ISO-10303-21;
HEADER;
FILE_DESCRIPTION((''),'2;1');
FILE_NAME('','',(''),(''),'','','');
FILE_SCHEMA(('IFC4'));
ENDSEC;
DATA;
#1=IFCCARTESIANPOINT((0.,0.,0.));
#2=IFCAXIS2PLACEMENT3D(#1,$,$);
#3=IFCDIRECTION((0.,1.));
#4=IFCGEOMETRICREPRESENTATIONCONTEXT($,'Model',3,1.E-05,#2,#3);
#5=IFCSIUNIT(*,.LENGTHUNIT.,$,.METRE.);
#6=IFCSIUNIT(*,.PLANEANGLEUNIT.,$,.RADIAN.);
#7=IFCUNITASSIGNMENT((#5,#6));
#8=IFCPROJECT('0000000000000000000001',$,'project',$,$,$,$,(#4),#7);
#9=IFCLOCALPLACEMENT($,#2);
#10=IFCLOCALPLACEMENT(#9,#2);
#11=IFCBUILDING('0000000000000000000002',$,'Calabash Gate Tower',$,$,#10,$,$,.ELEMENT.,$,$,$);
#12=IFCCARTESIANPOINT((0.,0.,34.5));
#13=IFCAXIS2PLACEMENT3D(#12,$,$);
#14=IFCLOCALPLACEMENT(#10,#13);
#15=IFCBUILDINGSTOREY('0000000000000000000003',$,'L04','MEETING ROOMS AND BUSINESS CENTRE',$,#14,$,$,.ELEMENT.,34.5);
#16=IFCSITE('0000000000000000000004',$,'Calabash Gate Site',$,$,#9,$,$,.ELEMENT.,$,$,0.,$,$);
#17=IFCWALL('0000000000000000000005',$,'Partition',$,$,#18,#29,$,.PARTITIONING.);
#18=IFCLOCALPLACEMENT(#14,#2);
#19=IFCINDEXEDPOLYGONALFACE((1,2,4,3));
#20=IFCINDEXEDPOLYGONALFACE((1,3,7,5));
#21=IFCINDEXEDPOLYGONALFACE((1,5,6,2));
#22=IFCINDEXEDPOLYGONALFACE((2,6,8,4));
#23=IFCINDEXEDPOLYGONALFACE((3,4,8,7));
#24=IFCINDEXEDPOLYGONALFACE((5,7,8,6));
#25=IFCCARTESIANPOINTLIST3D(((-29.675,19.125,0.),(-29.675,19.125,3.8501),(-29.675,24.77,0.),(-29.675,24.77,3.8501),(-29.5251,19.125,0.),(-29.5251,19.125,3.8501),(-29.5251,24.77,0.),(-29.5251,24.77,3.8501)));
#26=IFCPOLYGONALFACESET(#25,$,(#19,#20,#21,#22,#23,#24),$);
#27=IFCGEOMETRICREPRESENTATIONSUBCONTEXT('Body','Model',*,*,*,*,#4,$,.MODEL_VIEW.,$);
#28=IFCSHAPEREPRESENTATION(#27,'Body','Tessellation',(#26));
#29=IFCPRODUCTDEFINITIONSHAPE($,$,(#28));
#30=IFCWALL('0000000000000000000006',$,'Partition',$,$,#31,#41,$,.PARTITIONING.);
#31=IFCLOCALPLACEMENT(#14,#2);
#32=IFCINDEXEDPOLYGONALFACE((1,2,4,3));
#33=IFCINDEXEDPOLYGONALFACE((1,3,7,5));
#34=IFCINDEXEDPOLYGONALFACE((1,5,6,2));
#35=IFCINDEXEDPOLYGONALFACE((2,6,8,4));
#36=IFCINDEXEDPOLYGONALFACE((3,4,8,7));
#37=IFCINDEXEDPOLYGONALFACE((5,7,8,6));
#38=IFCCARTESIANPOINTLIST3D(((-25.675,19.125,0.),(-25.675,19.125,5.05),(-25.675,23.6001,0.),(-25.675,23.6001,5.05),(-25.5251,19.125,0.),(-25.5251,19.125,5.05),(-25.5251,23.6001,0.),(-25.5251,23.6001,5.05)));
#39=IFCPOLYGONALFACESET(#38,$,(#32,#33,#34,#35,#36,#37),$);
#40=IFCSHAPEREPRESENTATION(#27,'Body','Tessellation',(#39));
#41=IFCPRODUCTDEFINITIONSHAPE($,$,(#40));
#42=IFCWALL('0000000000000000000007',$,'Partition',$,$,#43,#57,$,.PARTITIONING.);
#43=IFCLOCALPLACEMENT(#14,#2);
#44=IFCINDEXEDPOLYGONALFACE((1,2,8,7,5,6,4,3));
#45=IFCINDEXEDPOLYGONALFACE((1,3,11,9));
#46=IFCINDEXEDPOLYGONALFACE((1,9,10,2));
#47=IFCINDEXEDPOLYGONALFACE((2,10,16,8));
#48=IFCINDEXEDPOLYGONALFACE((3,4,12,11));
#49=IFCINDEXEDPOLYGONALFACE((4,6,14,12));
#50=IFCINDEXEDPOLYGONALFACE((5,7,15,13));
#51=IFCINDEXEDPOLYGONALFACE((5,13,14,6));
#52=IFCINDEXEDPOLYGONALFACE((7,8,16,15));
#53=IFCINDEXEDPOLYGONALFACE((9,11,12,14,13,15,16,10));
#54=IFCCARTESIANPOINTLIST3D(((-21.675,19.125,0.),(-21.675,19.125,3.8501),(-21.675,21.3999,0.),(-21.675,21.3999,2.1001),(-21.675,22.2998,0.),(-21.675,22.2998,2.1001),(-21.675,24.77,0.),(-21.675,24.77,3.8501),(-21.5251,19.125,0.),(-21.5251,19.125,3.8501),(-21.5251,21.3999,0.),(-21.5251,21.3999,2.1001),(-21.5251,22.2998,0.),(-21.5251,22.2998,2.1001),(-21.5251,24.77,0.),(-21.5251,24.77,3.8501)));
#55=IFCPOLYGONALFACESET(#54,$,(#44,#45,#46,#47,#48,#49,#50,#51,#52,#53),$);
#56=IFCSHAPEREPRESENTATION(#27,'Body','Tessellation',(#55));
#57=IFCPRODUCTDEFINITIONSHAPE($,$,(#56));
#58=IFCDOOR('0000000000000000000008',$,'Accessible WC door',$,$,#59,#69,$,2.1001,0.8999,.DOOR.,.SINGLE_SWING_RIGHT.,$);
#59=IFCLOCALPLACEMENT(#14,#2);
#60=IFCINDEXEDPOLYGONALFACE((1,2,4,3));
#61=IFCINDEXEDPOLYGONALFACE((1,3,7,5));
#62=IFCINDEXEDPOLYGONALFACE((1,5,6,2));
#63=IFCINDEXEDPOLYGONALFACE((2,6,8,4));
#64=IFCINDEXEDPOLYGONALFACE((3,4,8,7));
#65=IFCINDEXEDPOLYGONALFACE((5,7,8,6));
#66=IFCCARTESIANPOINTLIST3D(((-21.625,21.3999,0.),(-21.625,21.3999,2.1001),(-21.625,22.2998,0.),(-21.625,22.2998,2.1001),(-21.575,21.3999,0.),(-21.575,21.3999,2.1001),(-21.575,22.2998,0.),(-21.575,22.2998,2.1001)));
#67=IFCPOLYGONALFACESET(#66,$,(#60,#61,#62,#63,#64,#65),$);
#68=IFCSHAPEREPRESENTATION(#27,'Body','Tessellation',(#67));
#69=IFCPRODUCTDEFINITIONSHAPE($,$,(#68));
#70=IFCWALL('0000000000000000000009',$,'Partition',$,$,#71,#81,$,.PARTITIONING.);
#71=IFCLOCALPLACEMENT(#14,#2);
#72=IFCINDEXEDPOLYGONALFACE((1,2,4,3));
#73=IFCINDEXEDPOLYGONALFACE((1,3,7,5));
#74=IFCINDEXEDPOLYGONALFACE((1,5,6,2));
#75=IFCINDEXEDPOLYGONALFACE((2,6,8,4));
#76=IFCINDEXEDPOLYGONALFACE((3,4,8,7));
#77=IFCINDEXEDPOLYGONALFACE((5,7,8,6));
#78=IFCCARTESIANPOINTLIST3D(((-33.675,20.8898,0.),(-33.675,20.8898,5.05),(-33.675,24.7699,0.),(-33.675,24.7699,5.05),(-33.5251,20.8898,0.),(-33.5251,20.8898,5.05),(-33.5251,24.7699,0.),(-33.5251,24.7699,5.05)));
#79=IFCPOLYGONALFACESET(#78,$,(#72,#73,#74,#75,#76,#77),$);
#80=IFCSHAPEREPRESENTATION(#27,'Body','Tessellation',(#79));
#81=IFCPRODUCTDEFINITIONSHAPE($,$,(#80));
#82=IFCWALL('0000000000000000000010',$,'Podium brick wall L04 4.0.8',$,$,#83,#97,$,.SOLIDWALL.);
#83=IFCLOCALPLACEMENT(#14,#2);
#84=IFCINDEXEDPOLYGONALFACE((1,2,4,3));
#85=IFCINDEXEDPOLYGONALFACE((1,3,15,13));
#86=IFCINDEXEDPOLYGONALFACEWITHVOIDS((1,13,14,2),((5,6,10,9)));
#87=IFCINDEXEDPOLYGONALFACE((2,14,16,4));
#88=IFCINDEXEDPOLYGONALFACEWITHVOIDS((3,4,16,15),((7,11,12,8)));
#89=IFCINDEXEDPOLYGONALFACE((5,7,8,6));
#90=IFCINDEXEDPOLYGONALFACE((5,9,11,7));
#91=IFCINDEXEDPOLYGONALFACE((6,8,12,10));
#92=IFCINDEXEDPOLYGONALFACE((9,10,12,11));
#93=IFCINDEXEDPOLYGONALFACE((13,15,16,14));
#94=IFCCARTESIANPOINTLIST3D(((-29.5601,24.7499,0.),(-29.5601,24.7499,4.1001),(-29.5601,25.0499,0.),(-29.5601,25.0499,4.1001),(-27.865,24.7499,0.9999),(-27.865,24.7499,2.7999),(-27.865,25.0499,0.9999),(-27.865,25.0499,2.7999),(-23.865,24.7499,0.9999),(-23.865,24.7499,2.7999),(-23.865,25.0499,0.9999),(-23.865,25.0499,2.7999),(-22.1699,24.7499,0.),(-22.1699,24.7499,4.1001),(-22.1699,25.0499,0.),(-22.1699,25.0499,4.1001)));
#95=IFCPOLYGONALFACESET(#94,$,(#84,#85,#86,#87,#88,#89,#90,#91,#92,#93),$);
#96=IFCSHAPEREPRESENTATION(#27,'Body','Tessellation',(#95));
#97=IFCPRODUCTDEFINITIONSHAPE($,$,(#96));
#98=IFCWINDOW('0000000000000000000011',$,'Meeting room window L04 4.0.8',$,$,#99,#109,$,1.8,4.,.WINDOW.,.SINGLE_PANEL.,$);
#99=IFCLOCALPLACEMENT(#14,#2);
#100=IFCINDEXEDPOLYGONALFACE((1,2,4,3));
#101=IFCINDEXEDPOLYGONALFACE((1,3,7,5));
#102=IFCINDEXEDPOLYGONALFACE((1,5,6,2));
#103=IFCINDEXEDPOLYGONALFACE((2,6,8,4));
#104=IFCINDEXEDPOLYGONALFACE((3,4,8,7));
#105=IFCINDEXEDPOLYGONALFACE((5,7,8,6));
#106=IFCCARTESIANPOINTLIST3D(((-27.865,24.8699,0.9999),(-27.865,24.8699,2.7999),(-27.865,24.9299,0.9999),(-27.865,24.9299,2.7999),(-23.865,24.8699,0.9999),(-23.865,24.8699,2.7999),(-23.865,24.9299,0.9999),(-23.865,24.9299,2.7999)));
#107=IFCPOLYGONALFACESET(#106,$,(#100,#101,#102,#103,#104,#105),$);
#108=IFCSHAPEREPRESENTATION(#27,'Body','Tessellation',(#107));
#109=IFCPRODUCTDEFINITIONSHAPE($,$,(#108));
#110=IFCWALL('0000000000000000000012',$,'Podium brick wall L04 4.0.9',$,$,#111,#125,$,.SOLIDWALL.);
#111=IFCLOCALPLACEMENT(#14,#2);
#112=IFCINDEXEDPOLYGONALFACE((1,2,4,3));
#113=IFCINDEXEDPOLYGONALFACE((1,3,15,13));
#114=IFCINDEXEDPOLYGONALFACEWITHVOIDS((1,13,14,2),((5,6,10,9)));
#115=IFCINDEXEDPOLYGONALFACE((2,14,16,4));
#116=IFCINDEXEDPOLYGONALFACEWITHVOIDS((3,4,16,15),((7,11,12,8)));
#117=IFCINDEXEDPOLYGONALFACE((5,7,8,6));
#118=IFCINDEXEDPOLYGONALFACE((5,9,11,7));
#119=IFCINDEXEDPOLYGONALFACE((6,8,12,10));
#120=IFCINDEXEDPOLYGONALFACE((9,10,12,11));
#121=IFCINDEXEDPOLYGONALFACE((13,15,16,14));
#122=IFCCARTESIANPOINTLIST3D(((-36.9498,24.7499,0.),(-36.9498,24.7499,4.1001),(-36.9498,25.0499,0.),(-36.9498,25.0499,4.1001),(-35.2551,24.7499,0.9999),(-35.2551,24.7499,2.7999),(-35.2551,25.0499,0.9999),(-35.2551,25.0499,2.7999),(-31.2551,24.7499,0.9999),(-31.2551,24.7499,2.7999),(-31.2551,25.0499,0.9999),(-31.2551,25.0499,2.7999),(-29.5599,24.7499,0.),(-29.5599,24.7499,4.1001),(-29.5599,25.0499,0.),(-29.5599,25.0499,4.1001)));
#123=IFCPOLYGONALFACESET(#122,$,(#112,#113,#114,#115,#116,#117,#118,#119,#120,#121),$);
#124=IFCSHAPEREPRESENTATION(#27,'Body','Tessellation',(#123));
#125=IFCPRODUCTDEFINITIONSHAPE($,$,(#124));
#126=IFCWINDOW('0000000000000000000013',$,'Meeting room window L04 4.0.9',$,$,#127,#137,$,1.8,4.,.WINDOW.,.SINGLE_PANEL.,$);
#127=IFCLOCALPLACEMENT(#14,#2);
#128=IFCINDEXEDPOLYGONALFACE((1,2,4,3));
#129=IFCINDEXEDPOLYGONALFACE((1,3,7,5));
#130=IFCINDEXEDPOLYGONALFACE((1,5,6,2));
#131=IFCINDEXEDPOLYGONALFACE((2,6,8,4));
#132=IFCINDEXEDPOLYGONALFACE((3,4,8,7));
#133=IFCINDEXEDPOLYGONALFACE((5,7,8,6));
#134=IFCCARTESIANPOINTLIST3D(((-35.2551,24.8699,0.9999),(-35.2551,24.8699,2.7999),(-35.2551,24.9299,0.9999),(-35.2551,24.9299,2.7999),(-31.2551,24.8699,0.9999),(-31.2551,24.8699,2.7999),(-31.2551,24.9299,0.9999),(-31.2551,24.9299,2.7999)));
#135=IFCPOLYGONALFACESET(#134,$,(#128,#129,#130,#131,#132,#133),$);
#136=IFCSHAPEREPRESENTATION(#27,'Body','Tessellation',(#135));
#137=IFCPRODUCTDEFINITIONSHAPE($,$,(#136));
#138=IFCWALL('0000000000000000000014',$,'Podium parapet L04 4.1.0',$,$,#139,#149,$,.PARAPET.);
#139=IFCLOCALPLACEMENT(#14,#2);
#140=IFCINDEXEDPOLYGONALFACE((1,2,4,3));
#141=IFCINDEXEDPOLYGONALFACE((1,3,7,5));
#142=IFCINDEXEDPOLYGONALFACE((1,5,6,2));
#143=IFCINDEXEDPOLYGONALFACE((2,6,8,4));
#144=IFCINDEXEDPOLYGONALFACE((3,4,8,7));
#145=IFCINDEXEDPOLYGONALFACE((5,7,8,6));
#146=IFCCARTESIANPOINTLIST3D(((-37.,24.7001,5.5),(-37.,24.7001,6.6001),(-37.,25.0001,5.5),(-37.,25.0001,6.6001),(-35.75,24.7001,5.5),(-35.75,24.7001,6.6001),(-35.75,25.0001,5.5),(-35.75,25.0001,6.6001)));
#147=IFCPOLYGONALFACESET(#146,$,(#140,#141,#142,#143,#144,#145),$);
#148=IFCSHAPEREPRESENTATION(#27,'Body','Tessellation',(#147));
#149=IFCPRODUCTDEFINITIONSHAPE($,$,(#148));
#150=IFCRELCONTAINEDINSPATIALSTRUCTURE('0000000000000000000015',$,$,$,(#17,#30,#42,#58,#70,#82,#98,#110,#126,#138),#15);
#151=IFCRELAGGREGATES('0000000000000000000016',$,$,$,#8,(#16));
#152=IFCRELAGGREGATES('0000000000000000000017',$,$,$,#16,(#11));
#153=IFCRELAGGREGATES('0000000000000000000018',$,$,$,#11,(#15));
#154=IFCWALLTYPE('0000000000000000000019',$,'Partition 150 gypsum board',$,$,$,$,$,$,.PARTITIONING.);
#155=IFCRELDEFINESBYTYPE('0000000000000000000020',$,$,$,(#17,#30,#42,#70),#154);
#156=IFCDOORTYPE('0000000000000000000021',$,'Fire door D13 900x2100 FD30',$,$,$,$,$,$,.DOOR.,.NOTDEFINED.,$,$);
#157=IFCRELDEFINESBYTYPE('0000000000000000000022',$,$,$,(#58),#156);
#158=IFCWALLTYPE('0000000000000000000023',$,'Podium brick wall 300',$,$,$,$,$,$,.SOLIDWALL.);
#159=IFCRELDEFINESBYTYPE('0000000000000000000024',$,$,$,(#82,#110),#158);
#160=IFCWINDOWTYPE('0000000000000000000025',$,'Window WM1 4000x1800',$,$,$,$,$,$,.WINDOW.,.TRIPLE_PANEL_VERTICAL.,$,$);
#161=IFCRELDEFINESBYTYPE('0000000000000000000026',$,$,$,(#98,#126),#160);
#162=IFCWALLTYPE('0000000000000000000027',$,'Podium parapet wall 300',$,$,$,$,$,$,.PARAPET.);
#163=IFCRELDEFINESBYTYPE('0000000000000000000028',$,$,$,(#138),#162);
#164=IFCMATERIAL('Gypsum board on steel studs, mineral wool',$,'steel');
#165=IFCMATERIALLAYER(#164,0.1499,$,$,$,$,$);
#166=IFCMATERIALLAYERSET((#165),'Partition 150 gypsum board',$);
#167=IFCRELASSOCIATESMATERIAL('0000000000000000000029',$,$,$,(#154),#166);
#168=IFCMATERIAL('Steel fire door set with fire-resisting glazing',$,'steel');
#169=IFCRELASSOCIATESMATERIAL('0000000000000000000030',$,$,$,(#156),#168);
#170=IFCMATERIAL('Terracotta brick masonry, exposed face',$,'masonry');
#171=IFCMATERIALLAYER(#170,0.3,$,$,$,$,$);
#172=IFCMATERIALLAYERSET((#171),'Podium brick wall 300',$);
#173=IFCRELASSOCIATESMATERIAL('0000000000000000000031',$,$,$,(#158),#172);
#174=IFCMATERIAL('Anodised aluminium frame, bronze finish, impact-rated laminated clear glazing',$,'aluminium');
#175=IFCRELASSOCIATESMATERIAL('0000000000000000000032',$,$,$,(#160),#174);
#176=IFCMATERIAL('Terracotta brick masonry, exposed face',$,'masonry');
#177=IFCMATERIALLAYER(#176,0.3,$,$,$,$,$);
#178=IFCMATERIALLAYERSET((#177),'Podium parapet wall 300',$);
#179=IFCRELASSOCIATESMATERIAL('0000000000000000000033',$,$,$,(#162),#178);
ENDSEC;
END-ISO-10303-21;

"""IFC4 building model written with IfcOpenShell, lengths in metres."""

from ifc_helpers import new_model, si_unit, direction, frame, frame_2d, origin, place, context, subcontext, project, spatial, rectangle, extrude, material, layer, layer_set, type_object, element, fill, save


model = new_model("IFC4")

# Units and contexts
model_context = context("Model", 3, precision=1e-05, world=origin(), true_north=direction((0.0, 1.0)))
body_context = subcontext(model_context, "Body", "Model", "MODEL_VIEW")
ifc_project = project(units=[si_unit("LENGTHUNIT", "METRE"), si_unit("PLANEANGLEUNIT", "RADIAN")], contexts=[model_context])

# Site, building, storey
site_placement = place(None, origin())
site = spatial("IfcSite", under=ifc_project, at=site_placement, Name="Calabash Gate Site", CompositionType="ELEMENT", RefElevation=0.0)
building_placement = place(site_placement, origin())
building = spatial("IfcBuilding", under=site, at=building_placement, Name="Calabash Gate Tower", CompositionType="ELEMENT")
storey_placement = place(building_placement, frame((0.0, 0.0, 34.5)))
storey = spatial("IfcBuildingStorey", under=building, at=storey_placement, Name="L04", Description="MEETING ROOMS AND BUSINESS CENTRE", CompositionType="ELEMENT", Elevation=34.5)

# Shared definitions
ifc_material_1 = material(Name="Gypsum board on steel studs, mineral wool", Category="steel")
ifc_layer_1 = layer(ifc_material_1, 0.1499)
ifc_layer_set_1 = layer_set([ifc_layer_1], Name="Partition 150 gypsum board")
wall_type_1 = type_object("IfcWallType", Name="Partition 150 gypsum board", PredefinedType="PARTITIONING", material=ifc_layer_set_1)
ifc_material_2 = material(Name="Steel fire door set with fire-resisting glazing", Category="steel")
door_type = type_object("IfcDoorType", Name="Fire door D13 900x2100 FD30", OperationType="NOTDEFINED", PredefinedType="DOOR", material=ifc_material_2)

# Walls
wall_1_placement = place(storey_placement, frame((-29.6001, 19.125, 0.0), z_axis=(0.0, 0.0, 1.0), x_axis=(0.0, 1.0, 0.0)))
element("IfcWall", 1, at=wall_1_placement, inside=storey, type_object=wall_type_1, Name="Partition", PredefinedType="PARTITIONING", context=body_context, shape_type="SweptSolid", body=[
    extrude(rectangle(XDim=5.645, YDim=0.1499, at=frame_2d((2.8225, 0.0))), origin(), (0.0, 0.0, 1.0), 3.8501),
])
wall_2_placement = place(storey_placement, frame((-25.6001, 19.125, 0.0), z_axis=(0.0, 0.0, 1.0), x_axis=(0.0, 1.0, 0.0)))
element("IfcWall", 2, at=wall_2_placement, inside=storey, type_object=wall_type_1, Name="Partition", PredefinedType="PARTITIONING", context=body_context, shape_type="SweptSolid", body=[
    extrude(rectangle(XDim=4.4751, YDim=0.1499, at=frame_2d((2.2375, 0.0))), origin(), (0.0, 0.0, 1.0), 5.05),
])

# Wall, opening, door
wall_3_placement = place(storey_placement, frame((-21.6001, 19.125, 0.0), z_axis=(0.0, 0.0, 1.0), x_axis=(0.0, 1.0, 0.0)))
wall_3 = element("IfcWall", 3, at=wall_3_placement, inside=storey, type_object=wall_type_1, Name="Partition", PredefinedType="PARTITIONING", context=body_context, shape_type="SweptSolid", body=[
    extrude(rectangle(XDim=5.645, YDim=0.1499, at=frame_2d((2.8225, 0.0))), origin(), (0.0, 0.0, 1.0), 3.8501),
])
opening_1_placement = place(wall_3_placement, frame((2.2749, 0.0, 0.0)))
opening_1 = element("IfcOpeningElement", 4, at=opening_1_placement, cuts=wall_3, PredefinedType="OPENING", context=body_context, shape_type="SweptSolid", body=[
    extrude(rectangle(XDim=0.8999, YDim=2.1001, at=frame_2d((0.45, 1.05))), frame((0.0, 0.085, 0.0), z_axis=(0.0, -1.0, 0.0), x_axis=(1.0, 0.0, 0.0)), (0.0, 0.0, 1.0), 0.1699),
])
door_1_placement = place(opening_1_placement, origin())
door_1 = element("IfcDoor", 5, at=door_1_placement, inside=storey, type_object=door_type, Name="Accessible WC door", OperationType="SINGLE_SWING_RIGHT", OverallHeight=2.1001, OverallWidth=0.8999, PredefinedType="DOOR", context=body_context, shape_type="SweptSolid", body=[
    extrude(rectangle(XDim=0.8999, YDim=2.1001, at=frame_2d((0.45, 1.05))), frame((0.0, 0.0249, 0.0), z_axis=(0.0, -1.0, 0.0), x_axis=(1.0, 0.0, 0.0)), (0.0, 0.0, 1.0), 0.05),
])
fill(opening_1, door_1)

# Wall
wall_4_placement = place(storey_placement, frame((-33.6001, 20.8899, 0.0), z_axis=(0.0, 0.0, 1.0), x_axis=(0.0, 1.0, 0.0)))
element("IfcWall", 6, at=wall_4_placement, inside=storey, type_object=wall_type_1, Name="Partition", PredefinedType="PARTITIONING", context=body_context, shape_type="SweptSolid", body=[
    extrude(rectangle(XDim=3.8801, YDim=0.1499, at=frame_2d((1.9399, 0.0))), origin(), (0.0, 0.0, 1.0), 5.05),
])

# Walls, openings, windows
ifc_material_3 = material(Name="Terracotta brick masonry, exposed face", Category="masonry")
ifc_layer_2 = layer(ifc_material_3, 0.3)
ifc_layer_set_2 = layer_set([ifc_layer_2], Name="Podium brick wall 300")
wall_type_2 = type_object("IfcWallType", Name="Podium brick wall 300", PredefinedType="SOLIDWALL", material=ifc_layer_set_2)
wall_5_placement = place(storey_placement, frame((-22.1699, 24.8999, 0.0), z_axis=(0.0, 0.0, 1.0), x_axis=(-1.0, 0.0, 0.0)))
wall_5 = element("IfcWall", 7, at=wall_5_placement, inside=storey, type_object=wall_type_2, Name="Podium brick wall L04 4.0.8", PredefinedType="SOLIDWALL", context=body_context, shape_type="SweptSolid", body=[
    extrude(rectangle(XDim=7.3901, YDim=0.3, at=frame_2d((3.6951, 0.0))), origin(), (0.0, 0.0, 1.0), 4.1001),
])
opening_2_placement = place(wall_5_placement, frame((1.6951, 0.0, 1.0)))
opening_2 = element("IfcOpeningElement", 8, at=opening_2_placement, cuts=wall_5, PredefinedType="OPENING", context=body_context, shape_type="SweptSolid", body=[
    extrude(rectangle(XDim=4.0, YDim=1.8, at=frame_2d((2.0, 0.8999))), frame((0.0, 0.1599, 0.0), z_axis=(0.0, -1.0, 0.0), x_axis=(1.0, 0.0, 0.0)), (0.0, 0.0, 1.0), 0.3201),
])
ifc_material_4 = material(Name="Anodised aluminium frame, bronze finish, impact-rated laminated clear glazing", Category="aluminium")
window_type = type_object("IfcWindowType", Name="Window WM1 4000x1800", PartitioningType="TRIPLE_PANEL_VERTICAL", PredefinedType="WINDOW", material=ifc_material_4)
window_1_placement = place(opening_2_placement, origin())
window_1 = element("IfcWindow", 9, at=window_1_placement, inside=storey, type_object=window_type, Name="Meeting room window L04 4.0.8", OverallHeight=1.8, OverallWidth=4.0, PartitioningType="SINGLE_PANEL", PredefinedType="WINDOW", context=body_context, shape_type="SweptSolid", body=[
    extrude(rectangle(XDim=4.0, YDim=1.8, at=frame_2d((2.0, 0.8999))), frame((0.0, 0.03, 0.0), z_axis=(0.0, -1.0, 0.0), x_axis=(1.0, 0.0, 0.0)), (0.0, 0.0, 1.0), 0.0601),
])
fill(opening_2, window_1)
wall_6_placement = place(storey_placement, frame((-29.5601, 24.8999, 0.0), z_axis=(0.0, 0.0, 1.0), x_axis=(-1.0, 0.0, 0.0)))
wall_6 = element("IfcWall", 10, at=wall_6_placement, inside=storey, type_object=wall_type_2, Name="Podium brick wall L04 4.0.9", PredefinedType="SOLIDWALL", context=body_context, shape_type="SweptSolid", body=[
    extrude(rectangle(XDim=7.3899, YDim=0.3, at=frame_2d((3.6948, 0.0))), origin(), (0.0, 0.0, 1.0), 4.1001),
])
opening_3_placement = place(wall_6_placement, frame((1.6951, 0.0, 1.0)))
opening_3 = element("IfcOpeningElement", 11, at=opening_3_placement, cuts=wall_6, PredefinedType="OPENING", context=body_context, shape_type="SweptSolid", body=[
    extrude(rectangle(XDim=4.0, YDim=1.8, at=frame_2d((2.0, 0.8999))), frame((0.0, 0.1599, 0.0), z_axis=(0.0, -1.0, 0.0), x_axis=(1.0, 0.0, 0.0)), (0.0, 0.0, 1.0), 0.3201),
])
window_2_placement = place(opening_3_placement, origin())
window_2 = element("IfcWindow", 12, at=window_2_placement, inside=storey, type_object=window_type, Name="Meeting room window L04 4.0.9", OverallHeight=1.8, OverallWidth=4.0, PartitioningType="SINGLE_PANEL", PredefinedType="WINDOW", context=body_context, shape_type="SweptSolid", body=[
    extrude(rectangle(XDim=4.0, YDim=1.8, at=frame_2d((2.0, 0.8999))), frame((0.0, 0.03, 0.0), z_axis=(0.0, -1.0, 0.0), x_axis=(1.0, 0.0, 0.0)), (0.0, 0.0, 1.0), 0.0601),
])
fill(opening_3, window_2)

# Wall
ifc_material_5 = material(Name="Terracotta brick masonry, exposed face", Category="masonry")
ifc_layer_3 = layer(ifc_material_5, 0.3)
ifc_layer_set_3 = layer_set([ifc_layer_3], Name="Podium parapet wall 300")
wall_type_3 = type_object("IfcWallType", Name="Podium parapet wall 300", PredefinedType="PARAPET", material=ifc_layer_set_3)
wall_7_placement = place(storey_placement, frame((-35.75, 24.8501, 5.5), z_axis=(0.0, 0.0, 1.0), x_axis=(-1.0, 0.0, 0.0)))
element("IfcWall", 13, at=wall_7_placement, inside=storey, type_object=wall_type_3, Name="Podium parapet L04 4.1.0", PredefinedType="PARAPET", context=body_context, shape_type="SweptSolid", body=[
    extrude(rectangle(XDim=1.25, YDim=0.3, at=frame_2d((0.625, 0.0))), origin(), (0.0, 0.0, 1.0), 1.1001),
])

save(model, "model.ifc")
